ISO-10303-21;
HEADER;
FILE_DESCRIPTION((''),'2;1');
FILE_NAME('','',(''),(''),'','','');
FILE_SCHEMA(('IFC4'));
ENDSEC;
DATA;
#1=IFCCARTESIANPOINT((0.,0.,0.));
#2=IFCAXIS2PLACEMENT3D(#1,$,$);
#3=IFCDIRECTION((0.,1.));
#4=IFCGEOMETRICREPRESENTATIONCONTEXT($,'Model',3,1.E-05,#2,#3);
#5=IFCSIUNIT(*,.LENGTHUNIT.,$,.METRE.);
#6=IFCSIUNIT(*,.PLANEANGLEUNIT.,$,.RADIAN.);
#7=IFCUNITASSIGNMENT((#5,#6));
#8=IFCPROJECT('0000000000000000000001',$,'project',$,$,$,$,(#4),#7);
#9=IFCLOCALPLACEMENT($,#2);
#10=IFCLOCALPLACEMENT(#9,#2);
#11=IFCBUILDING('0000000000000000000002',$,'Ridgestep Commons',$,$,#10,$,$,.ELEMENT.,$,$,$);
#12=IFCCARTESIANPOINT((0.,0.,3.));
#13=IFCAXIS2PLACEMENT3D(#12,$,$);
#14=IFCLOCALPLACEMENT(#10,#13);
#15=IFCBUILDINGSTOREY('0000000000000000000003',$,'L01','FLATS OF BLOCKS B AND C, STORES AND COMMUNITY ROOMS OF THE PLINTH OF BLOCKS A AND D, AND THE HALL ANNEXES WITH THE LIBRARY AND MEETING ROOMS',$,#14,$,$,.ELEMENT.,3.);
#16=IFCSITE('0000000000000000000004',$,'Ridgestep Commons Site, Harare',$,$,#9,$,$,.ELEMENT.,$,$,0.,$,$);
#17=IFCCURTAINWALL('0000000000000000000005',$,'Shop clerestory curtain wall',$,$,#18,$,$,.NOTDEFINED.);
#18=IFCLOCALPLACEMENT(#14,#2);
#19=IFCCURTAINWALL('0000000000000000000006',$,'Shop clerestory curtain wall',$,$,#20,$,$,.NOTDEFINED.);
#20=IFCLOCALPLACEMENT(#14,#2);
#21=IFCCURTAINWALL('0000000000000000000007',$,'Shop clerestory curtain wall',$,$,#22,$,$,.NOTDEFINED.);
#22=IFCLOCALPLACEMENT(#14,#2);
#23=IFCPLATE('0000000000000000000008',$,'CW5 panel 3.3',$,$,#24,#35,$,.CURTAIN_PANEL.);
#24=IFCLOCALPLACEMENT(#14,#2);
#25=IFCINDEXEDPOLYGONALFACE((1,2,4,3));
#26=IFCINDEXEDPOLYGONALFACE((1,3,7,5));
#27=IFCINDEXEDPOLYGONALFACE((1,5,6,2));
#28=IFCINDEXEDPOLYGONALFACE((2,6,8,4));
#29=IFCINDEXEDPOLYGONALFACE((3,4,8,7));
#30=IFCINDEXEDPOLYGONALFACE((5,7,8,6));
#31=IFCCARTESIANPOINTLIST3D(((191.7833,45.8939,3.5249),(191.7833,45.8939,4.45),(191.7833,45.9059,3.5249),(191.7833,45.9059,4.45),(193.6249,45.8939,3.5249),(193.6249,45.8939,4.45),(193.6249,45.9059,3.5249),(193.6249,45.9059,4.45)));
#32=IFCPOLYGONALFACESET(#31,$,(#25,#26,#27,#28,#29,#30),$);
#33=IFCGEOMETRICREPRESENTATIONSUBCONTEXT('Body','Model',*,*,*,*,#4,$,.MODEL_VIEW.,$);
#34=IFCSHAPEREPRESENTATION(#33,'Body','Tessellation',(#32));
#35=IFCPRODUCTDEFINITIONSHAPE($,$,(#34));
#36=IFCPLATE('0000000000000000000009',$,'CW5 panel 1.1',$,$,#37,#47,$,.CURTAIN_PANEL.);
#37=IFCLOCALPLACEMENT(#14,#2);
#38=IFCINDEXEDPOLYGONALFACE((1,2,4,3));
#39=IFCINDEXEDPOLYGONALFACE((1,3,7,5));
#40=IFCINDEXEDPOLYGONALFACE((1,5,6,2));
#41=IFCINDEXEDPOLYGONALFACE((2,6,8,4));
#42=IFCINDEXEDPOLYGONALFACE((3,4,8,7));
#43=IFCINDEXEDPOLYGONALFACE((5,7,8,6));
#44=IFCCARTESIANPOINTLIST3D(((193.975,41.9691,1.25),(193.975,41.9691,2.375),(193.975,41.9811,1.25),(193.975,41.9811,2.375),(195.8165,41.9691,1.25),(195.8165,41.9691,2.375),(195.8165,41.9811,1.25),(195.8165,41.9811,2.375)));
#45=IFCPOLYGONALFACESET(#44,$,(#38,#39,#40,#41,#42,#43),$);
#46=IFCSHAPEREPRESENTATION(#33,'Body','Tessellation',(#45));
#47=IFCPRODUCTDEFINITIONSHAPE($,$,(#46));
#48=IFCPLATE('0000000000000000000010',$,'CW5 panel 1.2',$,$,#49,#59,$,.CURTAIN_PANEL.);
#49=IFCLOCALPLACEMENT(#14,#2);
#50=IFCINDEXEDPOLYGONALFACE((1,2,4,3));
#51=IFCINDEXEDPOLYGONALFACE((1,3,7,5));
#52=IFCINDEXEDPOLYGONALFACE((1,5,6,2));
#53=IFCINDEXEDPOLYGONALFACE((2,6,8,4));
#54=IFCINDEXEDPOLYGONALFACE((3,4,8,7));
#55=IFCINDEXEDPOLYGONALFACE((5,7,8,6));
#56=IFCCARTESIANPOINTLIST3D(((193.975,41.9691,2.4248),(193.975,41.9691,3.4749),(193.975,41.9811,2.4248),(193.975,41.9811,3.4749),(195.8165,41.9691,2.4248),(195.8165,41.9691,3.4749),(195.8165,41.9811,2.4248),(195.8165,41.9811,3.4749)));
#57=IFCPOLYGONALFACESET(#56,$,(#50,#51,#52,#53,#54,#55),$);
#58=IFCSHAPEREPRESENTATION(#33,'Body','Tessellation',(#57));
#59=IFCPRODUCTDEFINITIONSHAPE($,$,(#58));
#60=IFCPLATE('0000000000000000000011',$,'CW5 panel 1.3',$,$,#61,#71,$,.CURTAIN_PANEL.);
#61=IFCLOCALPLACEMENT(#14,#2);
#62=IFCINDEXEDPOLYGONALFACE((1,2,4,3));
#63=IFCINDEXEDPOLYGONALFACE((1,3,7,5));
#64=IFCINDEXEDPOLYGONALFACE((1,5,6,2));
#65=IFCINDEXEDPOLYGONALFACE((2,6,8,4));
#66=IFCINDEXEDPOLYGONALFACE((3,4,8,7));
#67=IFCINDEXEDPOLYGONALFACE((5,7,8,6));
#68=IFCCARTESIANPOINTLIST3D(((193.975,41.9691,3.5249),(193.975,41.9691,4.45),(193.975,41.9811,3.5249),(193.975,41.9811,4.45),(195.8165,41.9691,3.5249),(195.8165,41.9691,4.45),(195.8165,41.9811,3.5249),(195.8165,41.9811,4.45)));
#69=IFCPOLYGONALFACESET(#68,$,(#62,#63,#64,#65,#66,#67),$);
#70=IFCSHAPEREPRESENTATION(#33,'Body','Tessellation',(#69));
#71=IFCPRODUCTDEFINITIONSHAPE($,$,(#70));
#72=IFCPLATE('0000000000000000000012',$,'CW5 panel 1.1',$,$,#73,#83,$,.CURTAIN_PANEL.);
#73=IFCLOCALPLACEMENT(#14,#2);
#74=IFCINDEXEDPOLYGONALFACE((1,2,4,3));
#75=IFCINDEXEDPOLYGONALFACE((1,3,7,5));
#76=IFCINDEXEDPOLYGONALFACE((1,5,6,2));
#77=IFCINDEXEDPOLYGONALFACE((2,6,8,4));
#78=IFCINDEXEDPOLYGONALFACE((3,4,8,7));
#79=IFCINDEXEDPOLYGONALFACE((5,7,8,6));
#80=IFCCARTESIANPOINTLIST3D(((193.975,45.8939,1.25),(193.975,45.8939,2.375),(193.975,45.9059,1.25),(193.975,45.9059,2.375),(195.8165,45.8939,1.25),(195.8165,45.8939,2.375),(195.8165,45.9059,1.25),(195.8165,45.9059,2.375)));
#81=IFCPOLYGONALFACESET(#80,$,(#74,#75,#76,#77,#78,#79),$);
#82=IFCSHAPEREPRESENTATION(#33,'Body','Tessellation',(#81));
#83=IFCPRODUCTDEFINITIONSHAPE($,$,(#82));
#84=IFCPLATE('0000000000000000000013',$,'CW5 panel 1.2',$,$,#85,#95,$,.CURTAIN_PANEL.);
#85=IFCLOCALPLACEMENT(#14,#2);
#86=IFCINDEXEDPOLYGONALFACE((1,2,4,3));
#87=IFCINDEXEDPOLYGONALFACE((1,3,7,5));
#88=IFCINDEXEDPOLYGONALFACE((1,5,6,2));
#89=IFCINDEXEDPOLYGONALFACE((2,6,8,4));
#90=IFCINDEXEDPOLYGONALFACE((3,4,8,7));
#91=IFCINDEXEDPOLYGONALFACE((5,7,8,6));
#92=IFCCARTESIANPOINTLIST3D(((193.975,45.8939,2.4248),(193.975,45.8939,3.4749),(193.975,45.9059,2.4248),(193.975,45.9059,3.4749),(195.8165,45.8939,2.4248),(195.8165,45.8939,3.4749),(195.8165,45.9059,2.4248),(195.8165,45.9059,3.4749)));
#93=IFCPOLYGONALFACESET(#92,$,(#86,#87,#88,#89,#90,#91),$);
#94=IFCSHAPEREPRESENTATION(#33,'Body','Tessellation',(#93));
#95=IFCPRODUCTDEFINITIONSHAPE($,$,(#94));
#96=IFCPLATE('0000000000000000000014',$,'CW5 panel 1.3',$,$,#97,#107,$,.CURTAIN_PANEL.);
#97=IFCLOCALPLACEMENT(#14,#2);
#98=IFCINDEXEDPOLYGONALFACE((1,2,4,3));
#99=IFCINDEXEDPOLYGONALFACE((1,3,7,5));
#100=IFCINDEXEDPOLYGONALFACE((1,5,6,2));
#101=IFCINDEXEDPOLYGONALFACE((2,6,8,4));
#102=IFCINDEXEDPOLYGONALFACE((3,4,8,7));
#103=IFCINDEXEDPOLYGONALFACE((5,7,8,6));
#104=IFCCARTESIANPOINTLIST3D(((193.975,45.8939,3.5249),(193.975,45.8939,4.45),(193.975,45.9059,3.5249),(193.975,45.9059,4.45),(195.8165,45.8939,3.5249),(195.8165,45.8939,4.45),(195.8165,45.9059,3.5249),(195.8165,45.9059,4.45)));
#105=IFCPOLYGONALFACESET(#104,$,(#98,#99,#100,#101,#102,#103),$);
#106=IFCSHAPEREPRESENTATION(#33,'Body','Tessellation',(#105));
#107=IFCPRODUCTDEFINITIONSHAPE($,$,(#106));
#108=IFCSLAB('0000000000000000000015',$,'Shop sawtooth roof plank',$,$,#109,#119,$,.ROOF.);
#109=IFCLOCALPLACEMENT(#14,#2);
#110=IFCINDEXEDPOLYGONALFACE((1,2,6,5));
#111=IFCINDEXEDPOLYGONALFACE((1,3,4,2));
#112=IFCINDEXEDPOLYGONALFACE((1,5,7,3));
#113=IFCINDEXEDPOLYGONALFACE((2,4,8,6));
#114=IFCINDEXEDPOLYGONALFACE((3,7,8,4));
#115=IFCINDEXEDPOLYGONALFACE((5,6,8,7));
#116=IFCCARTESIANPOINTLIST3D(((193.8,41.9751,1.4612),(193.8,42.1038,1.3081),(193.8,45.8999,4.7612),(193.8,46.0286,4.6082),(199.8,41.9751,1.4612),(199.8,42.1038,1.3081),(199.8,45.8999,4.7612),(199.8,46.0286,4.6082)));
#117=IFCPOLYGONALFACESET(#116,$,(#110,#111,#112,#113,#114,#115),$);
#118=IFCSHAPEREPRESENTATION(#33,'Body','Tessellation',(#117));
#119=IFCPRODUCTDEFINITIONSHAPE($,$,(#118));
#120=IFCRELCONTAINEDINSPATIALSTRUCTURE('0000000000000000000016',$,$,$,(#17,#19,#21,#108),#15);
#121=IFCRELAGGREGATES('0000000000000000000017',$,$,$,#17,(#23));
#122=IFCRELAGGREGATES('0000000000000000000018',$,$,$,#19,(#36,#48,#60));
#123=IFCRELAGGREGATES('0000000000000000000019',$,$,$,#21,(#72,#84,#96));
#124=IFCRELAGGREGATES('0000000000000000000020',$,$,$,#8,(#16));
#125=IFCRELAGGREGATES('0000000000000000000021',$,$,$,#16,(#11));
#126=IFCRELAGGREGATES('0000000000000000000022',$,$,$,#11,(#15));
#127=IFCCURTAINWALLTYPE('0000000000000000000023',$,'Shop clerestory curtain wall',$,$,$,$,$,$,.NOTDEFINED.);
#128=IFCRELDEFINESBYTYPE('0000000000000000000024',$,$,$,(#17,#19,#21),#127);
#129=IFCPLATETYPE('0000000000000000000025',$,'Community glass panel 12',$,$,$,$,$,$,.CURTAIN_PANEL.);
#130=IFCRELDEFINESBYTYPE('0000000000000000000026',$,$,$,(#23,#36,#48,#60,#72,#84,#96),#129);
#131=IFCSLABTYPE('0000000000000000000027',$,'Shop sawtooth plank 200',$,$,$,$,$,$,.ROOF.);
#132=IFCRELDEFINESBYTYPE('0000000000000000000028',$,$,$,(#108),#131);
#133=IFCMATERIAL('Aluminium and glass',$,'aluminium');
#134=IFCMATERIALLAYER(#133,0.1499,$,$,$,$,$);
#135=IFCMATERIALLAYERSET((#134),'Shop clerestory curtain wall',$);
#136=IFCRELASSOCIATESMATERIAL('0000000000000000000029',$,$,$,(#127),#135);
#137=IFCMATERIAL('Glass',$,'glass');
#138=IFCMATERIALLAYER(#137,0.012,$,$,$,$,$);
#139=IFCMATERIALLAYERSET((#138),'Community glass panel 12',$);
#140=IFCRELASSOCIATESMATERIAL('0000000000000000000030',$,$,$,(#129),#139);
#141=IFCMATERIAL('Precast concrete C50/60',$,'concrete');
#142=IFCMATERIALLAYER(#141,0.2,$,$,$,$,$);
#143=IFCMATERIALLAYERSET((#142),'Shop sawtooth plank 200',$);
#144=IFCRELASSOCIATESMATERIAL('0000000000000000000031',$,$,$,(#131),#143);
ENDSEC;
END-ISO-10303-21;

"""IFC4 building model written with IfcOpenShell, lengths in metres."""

from ifc_helpers import new_model, si_unit, direction, frame, origin, origin_2d, place, context, subcontext, project, spatial, polyline, rectangle, outline, extrude, material, layer, layer_set, type_object, element, aggregate, save


model = new_model("IFC4")

# Units and contexts
model_context = context("Model", 3, precision=1e-05, world=origin(), true_north=direction((0.0, 1.0)))
body_context = subcontext(model_context, "Body", "Model", "MODEL_VIEW")
ifc_project = project(units=[si_unit("LENGTHUNIT", "METRE"), si_unit("PLANEANGLEUNIT", "RADIAN")], contexts=[model_context])

# Site, building, storey
site_placement = place(None, origin())
site = spatial("IfcSite", under=ifc_project, at=site_placement, Name="Ridgestep Commons Site, Harare", CompositionType="ELEMENT", RefElevation=0.0)
building_placement = place(site_placement, origin())
building = spatial("IfcBuilding", under=site, at=building_placement, Name="Ridgestep Commons", CompositionType="ELEMENT")
storey_placement = place(building_placement, frame((0.0, 0.0, 3.0)))
storey = spatial("IfcBuildingStorey", under=building, at=storey_placement, Name="L01", Description="FLATS OF BLOCKS B AND C, STORES AND COMMUNITY ROOMS OF THE PLINTH OF BLOCKS A AND D, AND THE HALL ANNEXES WITH THE LIBRARY AND MEETING ROOMS", CompositionType="ELEMENT", Elevation=3.0)

# Curtain wall
ifc_material_1 = material(Name="Aluminium and glass", Category="aluminium")
ifc_layer_1 = layer(ifc_material_1, 0.1499)
ifc_layer_set_1 = layer_set([ifc_layer_1], Name="Shop clerestory curtain wall")
curtain_wall_type = type_object("IfcCurtainWallType", Name="Shop clerestory curtain wall", PredefinedType="NOTDEFINED", material=ifc_layer_set_1)
curtain_wall_1_placement = place(storey_placement, origin())
curtain_wall_1 = element("IfcCurtainWall", 1, at=curtain_wall_1_placement, inside=storey, type_object=curtain_wall_type, Name="Shop clerestory curtain wall", PredefinedType="NOTDEFINED")

# Curtain walls
curtain_wall_2_placement = place(storey_placement, origin())
curtain_wall_2 = element("IfcCurtainWall", 2, at=curtain_wall_2_placement, inside=storey, type_object=curtain_wall_type, Name="Shop clerestory curtain wall", PredefinedType="NOTDEFINED")
curtain_wall_3_placement = place(storey_placement, origin())
curtain_wall_3 = element("IfcCurtainWall", 3, at=curtain_wall_3_placement, inside=storey, type_object=curtain_wall_type, Name="Shop clerestory curtain wall", PredefinedType="NOTDEFINED")

# Plates
ifc_material_2 = material(Name="Glass", Category="glass")
ifc_layer_2 = layer(ifc_material_2, 0.012)
ifc_layer_set_2 = layer_set([ifc_layer_2], Name="Community glass panel 12")
plate_type = type_object("IfcPlateType", Name="Community glass panel 12", PredefinedType="CURTAIN_PANEL", material=ifc_layer_set_2)
plate_1_placement = place(storey_placement, frame((192.7041, 45.8999, 3.5249), z_axis=(0.0, 0.0, 1.0), x_axis=(1.0, 0.0, 0.0)))
plate_1 = element("IfcPlate", 4, at=plate_1_placement, type_object=plate_type, Name="CW5 panel 3.3", PredefinedType="CURTAIN_PANEL", context=body_context, shape_type="SweptSolid", body=[
    extrude(rectangle(XDim=1.8416, YDim=0.012, at=origin_2d()), origin(), (0.0, 0.0, 1.0), 0.925),
])
aggregate(curtain_wall_1, [plate_1])
plate_2_placement = place(storey_placement, frame((194.8958, 41.9751, 1.25), z_axis=(0.0, 0.0, 1.0), x_axis=(1.0, 0.0, 0.0)))
plate_2 = element("IfcPlate", 5, at=plate_2_placement, type_object=plate_type, Name="CW5 panel 1.1", PredefinedType="CURTAIN_PANEL", context=body_context, shape_type="SweptSolid", body=[
    extrude(rectangle(XDim=1.8416, YDim=0.012, at=origin_2d()), origin(), (0.0, 0.0, 1.0), 1.125),
])
plate_3_placement = place(storey_placement, frame((194.8958, 41.9751, 2.4248), z_axis=(0.0, 0.0, 1.0), x_axis=(1.0, 0.0, 0.0)))
plate_3 = element("IfcPlate", 6, at=plate_3_placement, type_object=plate_type, Name="CW5 panel 1.2", PredefinedType="CURTAIN_PANEL", context=body_context, shape_type="SweptSolid", body=[
    extrude(rectangle(XDim=1.8416, YDim=0.012, at=origin_2d()), origin(), (0.0, 0.0, 1.0), 1.05),
])
plate_4_placement = place(storey_placement, frame((194.8958, 41.9751, 3.5249), z_axis=(0.0, 0.0, 1.0), x_axis=(1.0, 0.0, 0.0)))
plate_4 = element("IfcPlate", 7, at=plate_4_placement, type_object=plate_type, Name="CW5 panel 1.3", PredefinedType="CURTAIN_PANEL", context=body_context, shape_type="SweptSolid", body=[
    extrude(rectangle(XDim=1.8416, YDim=0.012, at=origin_2d()), origin(), (0.0, 0.0, 1.0), 0.925),
])
aggregate(curtain_wall_2, [plate_2, plate_3, plate_4])
plate_5_placement = place(storey_placement, frame((194.8958, 45.8999, 1.25), z_axis=(0.0, 0.0, 1.0), x_axis=(1.0, 0.0, 0.0)))
plate_5 = element("IfcPlate", 8, at=plate_5_placement, type_object=plate_type, Name="CW5 panel 1.1", PredefinedType="CURTAIN_PANEL", context=body_context, shape_type="SweptSolid", body=[
    extrude(rectangle(XDim=1.8416, YDim=0.012, at=origin_2d()), origin(), (0.0, 0.0, 1.0), 1.125),
])
plate_6_placement = place(storey_placement, frame((194.8958, 45.8999, 2.4248), z_axis=(0.0, 0.0, 1.0), x_axis=(1.0, 0.0, 0.0)))
plate_6 = element("IfcPlate", 9, at=plate_6_placement, type_object=plate_type, Name="CW5 panel 1.2", PredefinedType="CURTAIN_PANEL", context=body_context, shape_type="SweptSolid", body=[
    extrude(rectangle(XDim=1.8416, YDim=0.012, at=origin_2d()), origin(), (0.0, 0.0, 1.0), 1.05),
])
plate_7_placement = place(storey_placement, frame((194.8958, 45.8999, 3.5249), z_axis=(0.0, 0.0, 1.0), x_axis=(1.0, 0.0, 0.0)))
plate_7 = element("IfcPlate", 10, at=plate_7_placement, type_object=plate_type, Name="CW5 panel 1.3", PredefinedType="CURTAIN_PANEL", context=body_context, shape_type="SweptSolid", body=[
    extrude(rectangle(XDim=1.8416, YDim=0.012, at=origin_2d()), origin(), (0.0, 0.0, 1.0), 0.925),
])
aggregate(curtain_wall_3, [plate_5, plate_6, plate_7])

# Slab
ifc_material_3 = material(Name="Precast concrete C50/60", Category="concrete")
ifc_layer_3 = layer(ifc_material_3, 0.2)
ifc_layer_set_3 = layer_set([ifc_layer_3], Name="Shop sawtooth plank 200")
slab_type = type_object("IfcSlabType", Name="Shop sawtooth plank 200", PredefinedType="ROOF", material=ifc_layer_set_3)
slab_placement = place(storey_placement, frame((193.8, 41.9751, 1.4612), z_axis=(0.0, -0.643559, 0.765396), x_axis=(1.0, 0.0, 0.0)))
element("IfcSlab", 11, at=slab_placement, inside=storey, type_object=slab_type, Name="Shop sawtooth roof plank", PredefinedType="ROOF", context=body_context, shape_type="SweptSolid", body=[
    extrude(outline(polyline([(0.0, 0.0), (6.0, 0.0), (6.0, 5.1278), (0.0, 5.1278), (0.0, 0.0)])), origin(), (0.0, 0.0, -1.0), 0.2),
])

save(model, "model.ifc")
